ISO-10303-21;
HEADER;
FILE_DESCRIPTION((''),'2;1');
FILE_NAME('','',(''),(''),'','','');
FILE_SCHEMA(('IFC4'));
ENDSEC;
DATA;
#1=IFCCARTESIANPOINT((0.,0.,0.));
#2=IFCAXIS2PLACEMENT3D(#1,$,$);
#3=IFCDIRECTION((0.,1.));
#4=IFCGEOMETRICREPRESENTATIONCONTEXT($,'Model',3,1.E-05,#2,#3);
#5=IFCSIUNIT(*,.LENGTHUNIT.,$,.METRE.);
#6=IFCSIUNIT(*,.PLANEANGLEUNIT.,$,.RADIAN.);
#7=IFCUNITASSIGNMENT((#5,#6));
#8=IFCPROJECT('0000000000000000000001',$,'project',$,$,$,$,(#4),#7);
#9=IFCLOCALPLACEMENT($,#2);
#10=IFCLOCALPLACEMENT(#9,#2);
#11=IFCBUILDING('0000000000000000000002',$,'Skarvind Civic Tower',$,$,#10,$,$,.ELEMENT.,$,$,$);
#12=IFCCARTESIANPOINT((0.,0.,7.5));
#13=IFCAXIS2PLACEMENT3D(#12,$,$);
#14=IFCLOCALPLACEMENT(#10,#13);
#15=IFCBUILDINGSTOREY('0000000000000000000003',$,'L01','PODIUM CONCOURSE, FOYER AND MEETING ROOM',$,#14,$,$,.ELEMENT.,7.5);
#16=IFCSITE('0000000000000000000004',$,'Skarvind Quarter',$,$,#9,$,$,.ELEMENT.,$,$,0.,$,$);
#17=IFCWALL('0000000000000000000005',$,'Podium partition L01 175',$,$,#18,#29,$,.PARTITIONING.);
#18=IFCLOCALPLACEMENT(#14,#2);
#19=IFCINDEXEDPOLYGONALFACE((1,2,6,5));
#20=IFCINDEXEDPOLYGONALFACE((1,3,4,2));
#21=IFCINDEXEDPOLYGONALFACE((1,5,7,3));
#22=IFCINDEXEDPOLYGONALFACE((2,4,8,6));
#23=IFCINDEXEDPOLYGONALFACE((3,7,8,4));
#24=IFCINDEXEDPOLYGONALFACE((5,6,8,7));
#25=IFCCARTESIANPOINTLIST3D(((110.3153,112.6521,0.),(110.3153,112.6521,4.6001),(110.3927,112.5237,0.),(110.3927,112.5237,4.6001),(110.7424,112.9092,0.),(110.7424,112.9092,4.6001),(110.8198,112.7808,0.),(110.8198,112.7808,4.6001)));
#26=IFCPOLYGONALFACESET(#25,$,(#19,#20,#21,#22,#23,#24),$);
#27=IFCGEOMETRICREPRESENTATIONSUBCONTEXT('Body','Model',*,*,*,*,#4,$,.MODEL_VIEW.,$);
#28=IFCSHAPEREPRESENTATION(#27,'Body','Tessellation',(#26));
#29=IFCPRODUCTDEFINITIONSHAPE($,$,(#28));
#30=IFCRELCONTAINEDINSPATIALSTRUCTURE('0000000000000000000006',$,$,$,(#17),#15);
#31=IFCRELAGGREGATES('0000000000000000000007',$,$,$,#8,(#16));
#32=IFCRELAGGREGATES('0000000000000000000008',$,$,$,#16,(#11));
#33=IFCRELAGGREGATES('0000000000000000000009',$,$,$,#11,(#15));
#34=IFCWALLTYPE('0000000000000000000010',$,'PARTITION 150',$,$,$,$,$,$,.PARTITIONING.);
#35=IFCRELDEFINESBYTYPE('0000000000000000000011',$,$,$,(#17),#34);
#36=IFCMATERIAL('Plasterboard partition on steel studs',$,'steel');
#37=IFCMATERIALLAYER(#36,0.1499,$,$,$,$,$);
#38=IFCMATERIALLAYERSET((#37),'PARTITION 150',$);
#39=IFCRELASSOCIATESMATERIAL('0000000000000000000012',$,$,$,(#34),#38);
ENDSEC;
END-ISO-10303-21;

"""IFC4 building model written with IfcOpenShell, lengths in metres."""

from ifc_helpers import new_model, si_unit, direction, frame, frame_2d, origin, place, context, subcontext, project, spatial, rectangle, extrude, material, layer, layer_set, type_object, element, save


model = new_model("IFC4")

# Units and contexts
model_context = context("Model", 3, precision=1e-05, world=origin(), true_north=direction((0.0, 1.0)))
body_context = subcontext(model_context, "Body", "Model", "MODEL_VIEW")
ifc_project = project(units=[si_unit("LENGTHUNIT", "METRE"), si_unit("PLANEANGLEUNIT", "RADIAN")], contexts=[model_context])

# Site, building, storey
site_placement = place(None, origin())
site = spatial("IfcSite", under=ifc_project, at=site_placement, Name="Skarvind Quarter", CompositionType="ELEMENT", RefElevation=0.0)
building_placement = place(site_placement, origin())
building = spatial("IfcBuilding", under=site, at=building_placement, Name="Skarvind Civic Tower", CompositionType="ELEMENT")
storey_placement = place(building_placement, frame((0.0, 0.0, 7.5)))
storey = spatial("IfcBuildingStorey", under=building, at=storey_placement, Name="L01", Description="PODIUM CONCOURSE, FOYER AND MEETING ROOM", CompositionType="ELEMENT", Elevation=7.5)

# Shared definitions
ifc_material_1 = material(Name="Plasterboard partition on steel studs", Category="steel")
ifc_layer_1 = layer(ifc_material_1, 0.1499)
ifc_layer_set_1 = layer_set([ifc_layer_1], Name="PARTITION 150")
wall_type = type_object("IfcWallType", Name="PARTITION 150", PredefinedType="PARTITIONING", material=ifc_layer_set_1)

# Wall
wall_1_placement = place(storey_placement, frame((110.354, 112.5879, 0.0), z_axis=(0.0, 0.0, 1.0), x_axis=(0.856714, 0.515792, 0.0)))
element("IfcWall", 1, at=wall_1_placement, inside=storey, type_object=wall_type, Name="Podium partition L01 175", PredefinedType="PARTITIONING", context=body_context, shape_type="SweptSolid", body=[
    extrude(rectangle(XDim=0.4985, YDim=0.1499, at=frame_2d((0.2493, 0.0))), origin(), (0.0, 0.0, 1.0), 4.6001),
])

save(model, "model.ifc")
